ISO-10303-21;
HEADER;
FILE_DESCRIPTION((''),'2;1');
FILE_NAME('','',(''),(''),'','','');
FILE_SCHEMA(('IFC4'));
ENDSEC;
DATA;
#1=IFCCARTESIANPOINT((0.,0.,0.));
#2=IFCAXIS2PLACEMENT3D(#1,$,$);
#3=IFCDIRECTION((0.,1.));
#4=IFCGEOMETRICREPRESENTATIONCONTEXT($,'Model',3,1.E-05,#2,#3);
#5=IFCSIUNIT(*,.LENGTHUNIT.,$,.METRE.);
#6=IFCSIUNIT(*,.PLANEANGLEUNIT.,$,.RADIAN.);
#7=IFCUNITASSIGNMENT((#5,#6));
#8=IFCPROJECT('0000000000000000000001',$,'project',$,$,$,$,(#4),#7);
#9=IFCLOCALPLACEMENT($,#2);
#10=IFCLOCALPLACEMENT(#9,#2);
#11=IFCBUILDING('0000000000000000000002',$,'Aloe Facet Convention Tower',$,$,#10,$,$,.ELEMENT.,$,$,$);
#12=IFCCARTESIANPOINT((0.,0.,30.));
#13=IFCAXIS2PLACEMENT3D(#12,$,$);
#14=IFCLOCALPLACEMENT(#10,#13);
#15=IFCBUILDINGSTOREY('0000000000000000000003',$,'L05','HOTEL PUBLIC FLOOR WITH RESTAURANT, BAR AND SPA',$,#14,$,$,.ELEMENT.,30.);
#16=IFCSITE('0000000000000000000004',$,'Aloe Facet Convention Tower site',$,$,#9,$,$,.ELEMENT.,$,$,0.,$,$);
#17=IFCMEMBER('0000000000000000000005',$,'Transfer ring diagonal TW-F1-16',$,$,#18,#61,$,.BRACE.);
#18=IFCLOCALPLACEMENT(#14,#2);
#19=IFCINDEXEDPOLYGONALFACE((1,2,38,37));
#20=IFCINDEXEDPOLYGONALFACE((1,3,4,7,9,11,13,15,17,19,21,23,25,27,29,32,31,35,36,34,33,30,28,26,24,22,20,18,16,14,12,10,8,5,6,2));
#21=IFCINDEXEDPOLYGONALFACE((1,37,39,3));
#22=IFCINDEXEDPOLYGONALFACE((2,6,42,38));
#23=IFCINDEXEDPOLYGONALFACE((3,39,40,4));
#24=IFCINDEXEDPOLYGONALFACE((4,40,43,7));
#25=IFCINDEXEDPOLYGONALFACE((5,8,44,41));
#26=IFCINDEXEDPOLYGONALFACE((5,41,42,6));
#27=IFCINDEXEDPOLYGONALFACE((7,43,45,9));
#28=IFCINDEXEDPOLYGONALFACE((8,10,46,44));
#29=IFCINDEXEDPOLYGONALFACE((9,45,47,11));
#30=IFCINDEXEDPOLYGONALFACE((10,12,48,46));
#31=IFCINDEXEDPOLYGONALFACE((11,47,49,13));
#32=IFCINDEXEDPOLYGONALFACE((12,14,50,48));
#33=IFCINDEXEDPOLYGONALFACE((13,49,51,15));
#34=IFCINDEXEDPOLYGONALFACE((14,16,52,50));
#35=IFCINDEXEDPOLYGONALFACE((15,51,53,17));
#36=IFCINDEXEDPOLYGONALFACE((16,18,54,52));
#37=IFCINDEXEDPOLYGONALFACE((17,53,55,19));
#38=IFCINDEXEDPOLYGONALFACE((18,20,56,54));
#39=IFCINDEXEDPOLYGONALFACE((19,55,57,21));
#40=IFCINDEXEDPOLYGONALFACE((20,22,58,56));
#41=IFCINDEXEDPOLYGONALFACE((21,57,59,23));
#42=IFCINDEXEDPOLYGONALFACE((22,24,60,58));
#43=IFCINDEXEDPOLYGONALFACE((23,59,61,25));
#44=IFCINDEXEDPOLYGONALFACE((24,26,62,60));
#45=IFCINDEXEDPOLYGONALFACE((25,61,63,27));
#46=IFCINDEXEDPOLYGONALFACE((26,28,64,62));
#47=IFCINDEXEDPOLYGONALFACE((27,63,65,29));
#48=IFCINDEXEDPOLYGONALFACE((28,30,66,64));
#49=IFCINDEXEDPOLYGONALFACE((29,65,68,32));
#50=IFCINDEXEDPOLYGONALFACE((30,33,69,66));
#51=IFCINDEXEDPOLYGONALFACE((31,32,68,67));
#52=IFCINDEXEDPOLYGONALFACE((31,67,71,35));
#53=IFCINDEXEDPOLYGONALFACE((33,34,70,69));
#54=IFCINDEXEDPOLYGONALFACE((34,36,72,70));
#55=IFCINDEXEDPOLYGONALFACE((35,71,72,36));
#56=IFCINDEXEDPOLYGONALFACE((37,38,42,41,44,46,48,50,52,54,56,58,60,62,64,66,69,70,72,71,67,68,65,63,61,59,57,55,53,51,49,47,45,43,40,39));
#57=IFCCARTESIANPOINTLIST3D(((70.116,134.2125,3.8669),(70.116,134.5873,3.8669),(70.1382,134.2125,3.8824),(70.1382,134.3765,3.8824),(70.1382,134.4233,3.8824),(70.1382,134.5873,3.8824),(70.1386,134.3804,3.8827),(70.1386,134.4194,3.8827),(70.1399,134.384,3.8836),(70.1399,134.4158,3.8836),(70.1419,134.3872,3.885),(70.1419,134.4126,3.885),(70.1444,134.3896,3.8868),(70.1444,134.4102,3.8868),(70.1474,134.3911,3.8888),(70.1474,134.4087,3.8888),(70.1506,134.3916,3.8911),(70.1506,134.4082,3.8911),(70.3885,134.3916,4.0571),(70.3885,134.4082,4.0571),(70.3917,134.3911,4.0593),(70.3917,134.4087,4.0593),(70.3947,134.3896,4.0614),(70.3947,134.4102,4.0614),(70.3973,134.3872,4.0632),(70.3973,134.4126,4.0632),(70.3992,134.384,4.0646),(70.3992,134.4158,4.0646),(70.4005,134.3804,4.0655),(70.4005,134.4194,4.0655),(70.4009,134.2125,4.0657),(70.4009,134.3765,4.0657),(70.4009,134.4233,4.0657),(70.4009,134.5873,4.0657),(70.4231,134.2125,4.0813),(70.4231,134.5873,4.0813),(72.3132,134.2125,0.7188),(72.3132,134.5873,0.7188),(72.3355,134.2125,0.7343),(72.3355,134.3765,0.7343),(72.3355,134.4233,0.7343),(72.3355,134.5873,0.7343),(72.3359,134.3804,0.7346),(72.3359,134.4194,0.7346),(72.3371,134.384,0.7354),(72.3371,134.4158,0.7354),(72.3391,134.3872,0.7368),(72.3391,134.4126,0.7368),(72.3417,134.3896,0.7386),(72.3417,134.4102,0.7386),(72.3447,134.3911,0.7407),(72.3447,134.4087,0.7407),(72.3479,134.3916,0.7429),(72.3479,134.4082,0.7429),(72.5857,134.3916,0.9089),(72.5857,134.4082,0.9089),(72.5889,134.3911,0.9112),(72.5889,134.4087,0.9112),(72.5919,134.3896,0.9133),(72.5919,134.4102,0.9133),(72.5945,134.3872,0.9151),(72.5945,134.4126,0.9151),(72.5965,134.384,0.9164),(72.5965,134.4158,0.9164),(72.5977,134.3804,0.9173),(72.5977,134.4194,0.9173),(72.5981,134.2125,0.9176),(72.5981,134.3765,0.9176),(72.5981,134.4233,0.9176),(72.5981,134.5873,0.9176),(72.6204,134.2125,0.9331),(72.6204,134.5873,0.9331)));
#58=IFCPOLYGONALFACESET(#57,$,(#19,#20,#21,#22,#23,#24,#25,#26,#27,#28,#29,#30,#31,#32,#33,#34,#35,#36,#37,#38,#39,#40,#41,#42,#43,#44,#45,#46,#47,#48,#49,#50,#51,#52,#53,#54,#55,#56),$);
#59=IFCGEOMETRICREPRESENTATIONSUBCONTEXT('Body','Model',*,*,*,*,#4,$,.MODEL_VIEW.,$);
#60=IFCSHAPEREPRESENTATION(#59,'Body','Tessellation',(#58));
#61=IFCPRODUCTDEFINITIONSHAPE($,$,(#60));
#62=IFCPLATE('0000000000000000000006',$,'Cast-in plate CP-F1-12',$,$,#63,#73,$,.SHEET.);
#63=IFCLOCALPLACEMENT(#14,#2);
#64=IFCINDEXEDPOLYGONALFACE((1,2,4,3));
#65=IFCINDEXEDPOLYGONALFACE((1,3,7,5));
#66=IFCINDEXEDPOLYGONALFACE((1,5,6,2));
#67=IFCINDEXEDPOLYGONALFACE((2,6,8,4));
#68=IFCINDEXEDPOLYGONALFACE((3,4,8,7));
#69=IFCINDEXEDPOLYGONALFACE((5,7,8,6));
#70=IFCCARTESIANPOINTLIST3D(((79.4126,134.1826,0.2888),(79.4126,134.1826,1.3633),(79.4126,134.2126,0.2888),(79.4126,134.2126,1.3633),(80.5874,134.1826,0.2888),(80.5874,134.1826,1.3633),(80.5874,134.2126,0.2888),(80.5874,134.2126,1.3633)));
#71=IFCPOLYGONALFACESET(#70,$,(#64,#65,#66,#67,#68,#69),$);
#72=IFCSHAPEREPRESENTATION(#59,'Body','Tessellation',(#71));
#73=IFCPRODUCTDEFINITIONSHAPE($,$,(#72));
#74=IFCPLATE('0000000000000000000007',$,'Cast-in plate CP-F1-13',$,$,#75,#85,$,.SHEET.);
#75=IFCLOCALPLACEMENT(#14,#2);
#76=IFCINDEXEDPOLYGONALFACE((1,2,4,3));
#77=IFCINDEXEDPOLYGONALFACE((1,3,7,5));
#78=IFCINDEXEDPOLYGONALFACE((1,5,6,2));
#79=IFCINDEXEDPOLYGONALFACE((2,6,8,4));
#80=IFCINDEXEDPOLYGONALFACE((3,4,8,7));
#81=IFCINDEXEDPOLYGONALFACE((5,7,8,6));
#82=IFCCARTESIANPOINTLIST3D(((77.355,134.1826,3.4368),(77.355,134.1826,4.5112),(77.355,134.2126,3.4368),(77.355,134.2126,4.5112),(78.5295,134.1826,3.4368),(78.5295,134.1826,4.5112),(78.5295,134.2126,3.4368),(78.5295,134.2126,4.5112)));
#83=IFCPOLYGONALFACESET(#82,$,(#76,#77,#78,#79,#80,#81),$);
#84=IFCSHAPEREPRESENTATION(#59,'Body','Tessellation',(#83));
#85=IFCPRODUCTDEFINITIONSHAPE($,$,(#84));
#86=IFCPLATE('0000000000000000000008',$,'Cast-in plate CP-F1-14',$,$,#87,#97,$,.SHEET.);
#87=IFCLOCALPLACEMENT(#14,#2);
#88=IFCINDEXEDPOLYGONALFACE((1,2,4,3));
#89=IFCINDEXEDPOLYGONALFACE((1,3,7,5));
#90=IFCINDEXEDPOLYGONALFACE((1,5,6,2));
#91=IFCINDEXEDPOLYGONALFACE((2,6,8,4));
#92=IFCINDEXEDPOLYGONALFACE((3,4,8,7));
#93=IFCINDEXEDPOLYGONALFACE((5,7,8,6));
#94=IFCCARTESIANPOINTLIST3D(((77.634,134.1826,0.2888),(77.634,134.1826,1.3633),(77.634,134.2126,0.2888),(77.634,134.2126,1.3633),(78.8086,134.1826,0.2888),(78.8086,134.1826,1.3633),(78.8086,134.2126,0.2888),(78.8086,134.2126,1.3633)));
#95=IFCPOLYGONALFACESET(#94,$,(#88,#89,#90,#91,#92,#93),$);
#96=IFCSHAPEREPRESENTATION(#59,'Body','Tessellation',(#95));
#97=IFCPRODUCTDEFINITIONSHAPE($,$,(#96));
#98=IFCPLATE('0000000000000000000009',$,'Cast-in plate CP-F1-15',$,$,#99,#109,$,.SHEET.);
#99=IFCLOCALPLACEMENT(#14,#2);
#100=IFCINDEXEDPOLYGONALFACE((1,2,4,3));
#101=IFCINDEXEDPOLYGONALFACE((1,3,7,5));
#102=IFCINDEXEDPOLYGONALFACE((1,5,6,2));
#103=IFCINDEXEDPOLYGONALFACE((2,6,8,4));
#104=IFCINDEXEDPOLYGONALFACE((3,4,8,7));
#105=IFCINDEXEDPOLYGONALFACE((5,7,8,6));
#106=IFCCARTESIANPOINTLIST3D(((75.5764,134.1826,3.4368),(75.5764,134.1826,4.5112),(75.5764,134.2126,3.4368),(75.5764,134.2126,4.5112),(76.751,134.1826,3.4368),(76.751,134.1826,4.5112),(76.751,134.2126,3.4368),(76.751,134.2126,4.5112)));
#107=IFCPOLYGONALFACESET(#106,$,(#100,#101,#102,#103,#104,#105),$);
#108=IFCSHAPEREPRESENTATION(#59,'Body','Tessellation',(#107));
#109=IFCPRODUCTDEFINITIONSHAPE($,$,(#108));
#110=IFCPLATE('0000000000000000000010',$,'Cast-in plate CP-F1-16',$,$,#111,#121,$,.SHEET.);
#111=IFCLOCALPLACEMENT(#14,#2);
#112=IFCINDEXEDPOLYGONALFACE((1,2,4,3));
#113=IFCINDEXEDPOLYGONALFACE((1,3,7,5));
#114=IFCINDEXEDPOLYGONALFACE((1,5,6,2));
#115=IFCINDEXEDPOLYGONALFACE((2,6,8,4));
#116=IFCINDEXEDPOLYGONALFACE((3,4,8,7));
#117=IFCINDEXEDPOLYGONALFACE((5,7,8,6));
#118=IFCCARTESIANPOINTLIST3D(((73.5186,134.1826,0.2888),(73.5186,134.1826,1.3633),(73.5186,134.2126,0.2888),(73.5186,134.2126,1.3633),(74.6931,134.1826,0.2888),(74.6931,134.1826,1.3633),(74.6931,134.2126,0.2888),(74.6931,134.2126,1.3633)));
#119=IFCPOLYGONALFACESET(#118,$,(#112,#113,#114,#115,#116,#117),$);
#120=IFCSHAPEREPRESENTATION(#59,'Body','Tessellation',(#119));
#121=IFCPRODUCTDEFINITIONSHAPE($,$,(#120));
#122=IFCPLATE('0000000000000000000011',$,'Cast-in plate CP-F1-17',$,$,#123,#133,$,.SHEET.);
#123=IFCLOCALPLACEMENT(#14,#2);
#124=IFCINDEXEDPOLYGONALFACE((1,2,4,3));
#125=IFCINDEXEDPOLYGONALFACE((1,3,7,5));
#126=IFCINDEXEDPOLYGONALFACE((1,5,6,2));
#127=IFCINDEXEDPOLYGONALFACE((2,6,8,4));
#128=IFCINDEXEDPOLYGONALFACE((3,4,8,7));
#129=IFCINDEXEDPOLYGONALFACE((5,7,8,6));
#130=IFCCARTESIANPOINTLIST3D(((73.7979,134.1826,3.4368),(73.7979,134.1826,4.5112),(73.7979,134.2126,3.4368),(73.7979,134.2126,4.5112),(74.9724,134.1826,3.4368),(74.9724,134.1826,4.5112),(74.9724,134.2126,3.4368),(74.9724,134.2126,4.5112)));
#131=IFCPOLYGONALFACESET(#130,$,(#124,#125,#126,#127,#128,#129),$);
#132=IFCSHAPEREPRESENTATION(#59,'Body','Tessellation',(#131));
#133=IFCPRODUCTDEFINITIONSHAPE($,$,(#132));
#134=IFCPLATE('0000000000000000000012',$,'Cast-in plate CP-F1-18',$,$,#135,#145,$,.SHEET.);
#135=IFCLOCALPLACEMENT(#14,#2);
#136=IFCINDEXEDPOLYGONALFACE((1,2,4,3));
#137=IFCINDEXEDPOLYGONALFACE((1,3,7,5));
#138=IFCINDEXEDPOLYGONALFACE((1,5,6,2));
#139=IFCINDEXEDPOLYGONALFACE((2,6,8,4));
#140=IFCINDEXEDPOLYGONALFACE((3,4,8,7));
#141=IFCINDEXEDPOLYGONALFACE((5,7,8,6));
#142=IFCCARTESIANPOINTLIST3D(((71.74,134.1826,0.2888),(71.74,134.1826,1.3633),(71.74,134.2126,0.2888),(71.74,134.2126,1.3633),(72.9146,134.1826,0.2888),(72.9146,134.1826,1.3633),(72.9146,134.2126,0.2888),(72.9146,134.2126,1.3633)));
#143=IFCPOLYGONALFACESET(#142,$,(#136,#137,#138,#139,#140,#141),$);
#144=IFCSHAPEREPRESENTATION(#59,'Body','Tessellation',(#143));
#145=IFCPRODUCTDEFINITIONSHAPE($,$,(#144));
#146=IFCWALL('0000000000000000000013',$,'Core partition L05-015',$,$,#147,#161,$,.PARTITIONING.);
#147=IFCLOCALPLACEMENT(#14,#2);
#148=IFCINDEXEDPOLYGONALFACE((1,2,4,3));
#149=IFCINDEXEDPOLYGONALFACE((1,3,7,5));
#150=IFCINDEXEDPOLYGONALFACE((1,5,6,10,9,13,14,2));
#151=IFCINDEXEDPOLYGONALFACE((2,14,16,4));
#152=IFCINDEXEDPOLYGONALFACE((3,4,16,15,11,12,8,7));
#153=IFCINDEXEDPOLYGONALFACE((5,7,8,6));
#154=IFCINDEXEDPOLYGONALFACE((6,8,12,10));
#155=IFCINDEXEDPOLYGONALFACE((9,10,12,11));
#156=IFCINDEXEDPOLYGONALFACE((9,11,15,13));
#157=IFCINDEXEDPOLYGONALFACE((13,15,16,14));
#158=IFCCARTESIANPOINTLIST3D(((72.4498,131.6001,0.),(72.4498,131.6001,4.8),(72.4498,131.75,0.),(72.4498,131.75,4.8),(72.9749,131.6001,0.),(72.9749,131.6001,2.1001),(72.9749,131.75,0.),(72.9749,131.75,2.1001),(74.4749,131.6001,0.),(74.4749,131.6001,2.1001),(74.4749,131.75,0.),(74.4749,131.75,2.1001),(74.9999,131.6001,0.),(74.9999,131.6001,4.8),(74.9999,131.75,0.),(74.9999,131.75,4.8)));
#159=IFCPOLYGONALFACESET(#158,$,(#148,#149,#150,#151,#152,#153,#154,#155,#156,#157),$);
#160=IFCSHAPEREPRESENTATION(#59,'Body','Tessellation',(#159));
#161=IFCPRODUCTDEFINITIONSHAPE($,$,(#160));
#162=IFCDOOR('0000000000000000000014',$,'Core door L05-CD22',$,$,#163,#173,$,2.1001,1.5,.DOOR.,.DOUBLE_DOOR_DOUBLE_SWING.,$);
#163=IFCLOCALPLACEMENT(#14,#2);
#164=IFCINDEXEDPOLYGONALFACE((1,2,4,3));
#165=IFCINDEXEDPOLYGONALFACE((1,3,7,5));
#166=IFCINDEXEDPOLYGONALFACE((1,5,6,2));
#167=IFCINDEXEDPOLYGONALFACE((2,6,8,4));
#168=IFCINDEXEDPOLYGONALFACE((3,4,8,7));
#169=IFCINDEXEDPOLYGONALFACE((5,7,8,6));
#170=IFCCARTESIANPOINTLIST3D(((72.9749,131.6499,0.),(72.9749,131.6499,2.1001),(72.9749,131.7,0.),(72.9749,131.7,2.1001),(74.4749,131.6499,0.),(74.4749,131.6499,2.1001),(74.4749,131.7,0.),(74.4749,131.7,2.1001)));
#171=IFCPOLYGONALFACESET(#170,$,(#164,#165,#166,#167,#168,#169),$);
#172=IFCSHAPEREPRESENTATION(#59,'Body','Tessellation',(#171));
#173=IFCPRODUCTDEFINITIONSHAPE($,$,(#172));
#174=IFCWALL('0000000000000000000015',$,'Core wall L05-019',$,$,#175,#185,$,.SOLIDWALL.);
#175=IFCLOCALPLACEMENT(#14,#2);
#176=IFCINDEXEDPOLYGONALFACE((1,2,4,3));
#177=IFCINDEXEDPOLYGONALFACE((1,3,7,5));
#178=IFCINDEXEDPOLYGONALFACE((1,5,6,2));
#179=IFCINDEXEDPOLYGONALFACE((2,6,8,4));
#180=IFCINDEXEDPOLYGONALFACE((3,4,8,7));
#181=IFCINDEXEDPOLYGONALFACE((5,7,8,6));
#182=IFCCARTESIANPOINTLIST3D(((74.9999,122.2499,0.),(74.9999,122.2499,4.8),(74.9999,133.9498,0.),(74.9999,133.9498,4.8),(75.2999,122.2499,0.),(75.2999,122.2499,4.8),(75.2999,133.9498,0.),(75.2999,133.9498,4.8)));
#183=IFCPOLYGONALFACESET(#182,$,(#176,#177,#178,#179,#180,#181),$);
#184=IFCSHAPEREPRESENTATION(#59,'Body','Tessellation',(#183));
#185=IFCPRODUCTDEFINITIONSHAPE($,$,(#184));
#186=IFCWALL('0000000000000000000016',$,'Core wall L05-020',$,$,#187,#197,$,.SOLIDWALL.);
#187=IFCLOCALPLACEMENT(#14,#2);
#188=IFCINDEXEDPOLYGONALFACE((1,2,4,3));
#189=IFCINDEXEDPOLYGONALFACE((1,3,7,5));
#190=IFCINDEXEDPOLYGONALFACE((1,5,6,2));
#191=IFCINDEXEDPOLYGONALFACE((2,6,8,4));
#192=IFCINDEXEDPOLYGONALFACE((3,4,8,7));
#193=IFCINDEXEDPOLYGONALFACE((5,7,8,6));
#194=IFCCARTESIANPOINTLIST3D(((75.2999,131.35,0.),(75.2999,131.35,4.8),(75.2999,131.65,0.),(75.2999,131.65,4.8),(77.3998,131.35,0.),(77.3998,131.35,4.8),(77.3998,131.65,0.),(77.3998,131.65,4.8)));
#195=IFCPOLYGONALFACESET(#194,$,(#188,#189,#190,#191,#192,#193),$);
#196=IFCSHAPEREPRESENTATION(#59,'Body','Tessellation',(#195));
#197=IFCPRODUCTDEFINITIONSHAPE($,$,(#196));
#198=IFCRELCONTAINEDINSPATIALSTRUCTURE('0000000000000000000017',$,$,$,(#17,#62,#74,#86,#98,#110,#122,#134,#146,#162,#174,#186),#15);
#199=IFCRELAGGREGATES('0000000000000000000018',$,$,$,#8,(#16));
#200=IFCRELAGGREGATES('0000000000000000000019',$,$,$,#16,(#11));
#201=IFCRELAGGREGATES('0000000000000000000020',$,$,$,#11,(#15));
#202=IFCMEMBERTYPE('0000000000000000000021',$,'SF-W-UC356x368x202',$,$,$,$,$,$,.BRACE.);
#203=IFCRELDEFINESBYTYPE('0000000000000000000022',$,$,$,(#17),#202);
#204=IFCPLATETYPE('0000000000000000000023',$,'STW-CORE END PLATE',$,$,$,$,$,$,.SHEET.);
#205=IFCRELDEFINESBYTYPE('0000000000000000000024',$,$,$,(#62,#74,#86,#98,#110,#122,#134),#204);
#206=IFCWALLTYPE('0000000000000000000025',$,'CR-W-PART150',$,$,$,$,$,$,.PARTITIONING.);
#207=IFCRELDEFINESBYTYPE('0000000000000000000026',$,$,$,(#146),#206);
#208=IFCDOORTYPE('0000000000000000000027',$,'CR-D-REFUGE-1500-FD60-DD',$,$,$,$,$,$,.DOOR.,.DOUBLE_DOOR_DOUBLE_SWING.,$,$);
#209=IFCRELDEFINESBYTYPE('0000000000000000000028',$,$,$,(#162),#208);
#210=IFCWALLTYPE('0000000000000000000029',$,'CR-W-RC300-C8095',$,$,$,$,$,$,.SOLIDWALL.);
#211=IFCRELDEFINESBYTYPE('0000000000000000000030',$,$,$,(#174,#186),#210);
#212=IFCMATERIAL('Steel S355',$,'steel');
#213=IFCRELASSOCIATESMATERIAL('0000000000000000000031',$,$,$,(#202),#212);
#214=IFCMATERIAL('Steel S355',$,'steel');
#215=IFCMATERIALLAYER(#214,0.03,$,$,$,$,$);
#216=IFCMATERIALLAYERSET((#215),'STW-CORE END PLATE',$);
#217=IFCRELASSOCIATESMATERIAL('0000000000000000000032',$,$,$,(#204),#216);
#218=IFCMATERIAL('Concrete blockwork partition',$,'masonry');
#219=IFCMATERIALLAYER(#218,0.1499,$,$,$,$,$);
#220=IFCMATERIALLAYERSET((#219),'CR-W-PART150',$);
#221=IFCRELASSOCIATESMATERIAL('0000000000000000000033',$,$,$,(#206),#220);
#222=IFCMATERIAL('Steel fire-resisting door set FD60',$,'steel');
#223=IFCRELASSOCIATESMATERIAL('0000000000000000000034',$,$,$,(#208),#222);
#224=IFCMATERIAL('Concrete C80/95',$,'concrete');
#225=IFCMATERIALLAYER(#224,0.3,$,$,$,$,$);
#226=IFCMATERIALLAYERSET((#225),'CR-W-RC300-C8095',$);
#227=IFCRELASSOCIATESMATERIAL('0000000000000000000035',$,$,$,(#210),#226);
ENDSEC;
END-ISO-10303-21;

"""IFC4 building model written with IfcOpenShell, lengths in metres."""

from ifc_helpers import new_model, si_unit, direction, frame, frame_2d, origin, origin_2d, place, context, subcontext, project, spatial, polyline, rectangle, i_section, outline, extrude, material, layer, layer_set, material_profile, profile_set, type_object, element, fill, save


model = new_model("IFC4")

# Units and contexts
model_context = context("Model", 3, precision=1e-05, world=origin(), true_north=direction((0.0, 1.0)))
body_context = subcontext(model_context, "Body", "Model", "MODEL_VIEW")
ifc_project = project(units=[si_unit("LENGTHUNIT", "METRE"), si_unit("PLANEANGLEUNIT", "RADIAN")], contexts=[model_context])

# Site, building, storey
site_placement = place(None, origin())
site = spatial("IfcSite", under=ifc_project, at=site_placement, Name="Aloe Facet Convention Tower site", CompositionType="ELEMENT", RefElevation=0.0)
building_placement = place(site_placement, origin())
building = spatial("IfcBuilding", under=site, at=building_placement, Name="Aloe Facet Convention Tower", CompositionType="ELEMENT")
storey_placement = place(building_placement, frame((0.0, 0.0, 30.0)))
storey = spatial("IfcBuildingStorey", under=building, at=storey_placement, Name="L05", Description="HOTEL PUBLIC FLOOR WITH RESTAURANT, BAR AND SPA", CompositionType="ELEMENT", Elevation=30.0)

# Member
ifc_material_1 = material(Name="Steel S355", Category="steel")
ifc_material_profile = material_profile(ifc_material_1, i_section(OverallWidth=0.3748, OverallDepth=0.3745, WebThickness=0.0166, FlangeThickness=0.0271, FilletRadius=0.0151, at=origin_2d()), Name="UC 356x368x202")
ifc_profile_set = profile_set([ifc_material_profile], Name="Steel S355")
member_type = type_object("IfcMemberType", Name="SF-W-UC356x368x202", PredefinedType="BRACE", material=ifc_profile_set)
for number, where, z_axis, x_axis, name in (
    (1, (72.4668, 134.3999, 0.8259), (-0.572331, 0.0, 0.820023), (0.0, -1.0, 0.0), "Transfer ring diagonal TW-F1-16"),
):
    element("IfcMember", number, at=place(storey_placement, frame(where, z_axis=z_axis, x_axis=x_axis)), inside=storey, type_object=member_type, Name=name, PredefinedType="BRACE", context=body_context, shape_type="SweptSolid", body=[
        extrude(i_section(OverallWidth=0.3748, OverallDepth=0.3745, WebThickness=0.0166, FlangeThickness=0.0271, FilletRadius=0.0151, at=origin_2d()), origin(), (0.0, 0.0, 1.0), 3.8391),
    ])

# Plates
ifc_material_2 = material(Name="Steel S355", Category="steel")
ifc_layer_1 = layer(ifc_material_2, 0.03)
ifc_layer_set_1 = layer_set([ifc_layer_1], Name="STW-CORE END PLATE")
plate_type = type_object("IfcPlateType", Name="STW-CORE END PLATE", PredefinedType="SHEET", material=ifc_layer_set_1)
plate_placement = place(storey_placement, frame((80.5874, 134.2126, 0.2888), z_axis=(0.0, 1.0, 0.0), x_axis=(-1.0, 0.0, 0.0)))
element("IfcPlate", 2, at=plate_placement, inside=storey, type_object=plate_type, Name="Cast-in plate CP-F1-12", PredefinedType="SHEET", context=body_context, shape_type="SweptSolid", body=[
    extrude(outline(polyline([(0.0, 0.0), (1.1748, 0.0), (1.1748, 1.0745), (0.0, 1.0745), (0.0, 0.0)])), origin(), (0.0, 0.0, -1.0), 0.03),
])
for number, where, z_axis, x_axis, name in (
    (3, (78.5295, 134.2126, 3.4368), (0.0, 1.0, 0.0), (-1.0, 0.0, 0.0), "Cast-in plate CP-F1-13"),
    (4, (78.8086, 134.2126, 0.2888), (0.0, 1.0, 0.0), (-1.0, 0.0, 0.0), "Cast-in plate CP-F1-14"),
    (5, (76.751, 134.2126, 3.4368), (0.0, 1.0, 0.0), (-1.0, 0.0, 0.0), "Cast-in plate CP-F1-15"),
    (6, (74.6931, 134.2126, 0.2888), (0.0, 1.0, 0.0), (-1.0, 0.0, 0.0), "Cast-in plate CP-F1-16"),
    (7, (74.9724, 134.2126, 3.4368), (0.0, 1.0, 0.0), (-1.0, 0.0, 0.0), "Cast-in plate CP-F1-17"),
    (8, (72.9146, 134.2126, 0.2888), (0.0, 1.0, 0.0), (-1.0, 0.0, 0.0), "Cast-in plate CP-F1-18"),
):
    element("IfcPlate", number, at=place(storey_placement, frame(where, z_axis=z_axis, x_axis=x_axis)), inside=storey, type_object=plate_type, Name=name, PredefinedType="SHEET", context=body_context, shape_type="SweptSolid", body=[
        extrude(outline(polyline([(0.0, 0.0), (1.1746, 0.0), (1.1746, 1.0745), (0.0, 1.0745), (0.0, 0.0)])), origin(), (0.0, 0.0, -1.0), 0.03),
    ])

# Wall, opening, door
ifc_material_3 = material(Name="Concrete blockwork partition", Category="masonry")
ifc_layer_2 = layer(ifc_material_3, 0.1499)
ifc_layer_set_2 = layer_set([ifc_layer_2], Name="CR-W-PART150")
wall_type_1 = type_object("IfcWallType", Name="CR-W-PART150", PredefinedType="PARTITIONING", material=ifc_layer_set_2)
wall_1_placement = place(storey_placement, frame((72.45, 131.675, 0.0), z_axis=(0.0, 0.0, 1.0), x_axis=(1.0, 0.0, 0.0)))
wall_1 = element("IfcWall", 9, at=wall_1_placement, inside=storey, type_object=wall_type_1, Name="Core partition L05-015", PredefinedType="PARTITIONING", context=body_context, shape_type="SweptSolid", body=[
    extrude(rectangle(XDim=2.55, YDim=0.1499, at=frame_2d((1.2749, 0.0))), origin(), (0.0, 0.0, 1.0), 4.8),
])
opening_1_placement = place(wall_1_placement, frame((0.5249, 0.0, 0.0)))
opening_1 = element("IfcOpeningElement", 10, at=opening_1_placement, cuts=wall_1, PredefinedType="OPENING", context=body_context, shape_type="SweptSolid", body=[
    extrude(rectangle(XDim=1.5, YDim=2.1001, at=frame_2d((0.75, 1.05))), frame((0.0, 0.085, 0.0), z_axis=(0.0, -1.0, 0.0), x_axis=(1.0, 0.0, 0.0)), (0.0, 0.0, 1.0), 0.1699),
])
ifc_material_4 = material(Name="Steel fire-resisting door set FD60", Category="steel")
door_type_1 = type_object("IfcDoorType", Name="CR-D-REFUGE-1500-FD60-DD", OperationType="DOUBLE_DOOR_DOUBLE_SWING", PredefinedType="DOOR", material=ifc_material_4)
door_1_placement = place(opening_1_placement, origin())
door_1 = element("IfcDoor", 11, at=door_1_placement, inside=storey, type_object=door_type_1, Name="Core door L05-CD22", OperationType="DOUBLE_DOOR_DOUBLE_SWING", OverallHeight=2.1001, OverallWidth=1.5, PredefinedType="DOOR", context=body_context, shape_type="SweptSolid", body=[
    extrude(rectangle(XDim=1.5, YDim=2.1001, at=frame_2d((0.75, 1.05))), frame((0.0, 0.0249, 0.0), z_axis=(0.0, -1.0, 0.0), x_axis=(1.0, 0.0, 0.0)), (0.0, 0.0, 1.0), 0.05),
])
fill(opening_1, door_1)

# Walls
ifc_material_5 = material(Name="Concrete C80/95", Category="concrete")
ifc_layer_3 = layer(ifc_material_5, 0.3)
ifc_layer_set_3 = layer_set([ifc_layer_3], Name="CR-W-RC300-C8095")
wall_type_2 = type_object("IfcWallType", Name="CR-W-RC300-C8095", PredefinedType="SOLIDWALL", material=ifc_layer_set_3)
wall_2_placement = place(storey_placement, frame((75.1499, 133.95, 0.0), z_axis=(0.0, 0.0, 1.0), x_axis=(0.0, -1.0, 0.0)))
element("IfcWall", 12, at=wall_2_placement, inside=storey, type_object=wall_type_2, Name="Core wall L05-019", PredefinedType="SOLIDWALL", context=body_context, shape_type="SweptSolid", body=[
    extrude(rectangle(XDim=11.7, YDim=0.3, at=frame_2d((5.8501, 0.0))), origin(), (0.0, 0.0, 1.0), 4.8),
])
wall_3_placement = place(storey_placement, frame((75.3, 131.5, 0.0), z_axis=(0.0, 0.0, 1.0), x_axis=(1.0, 0.0, 0.0)))
element("IfcWall", 13, at=wall_3_placement, inside=storey, type_object=wall_type_2, Name="Core wall L05-020", PredefinedType="SOLIDWALL", context=body_context, shape_type="SweptSolid", body=[
    extrude(rectangle(XDim=2.0999, YDim=0.3, at=frame_2d((1.0498, 0.0))), origin(), (0.0, 0.0, 1.0), 4.8),
])

save(model, "model.ifc")
